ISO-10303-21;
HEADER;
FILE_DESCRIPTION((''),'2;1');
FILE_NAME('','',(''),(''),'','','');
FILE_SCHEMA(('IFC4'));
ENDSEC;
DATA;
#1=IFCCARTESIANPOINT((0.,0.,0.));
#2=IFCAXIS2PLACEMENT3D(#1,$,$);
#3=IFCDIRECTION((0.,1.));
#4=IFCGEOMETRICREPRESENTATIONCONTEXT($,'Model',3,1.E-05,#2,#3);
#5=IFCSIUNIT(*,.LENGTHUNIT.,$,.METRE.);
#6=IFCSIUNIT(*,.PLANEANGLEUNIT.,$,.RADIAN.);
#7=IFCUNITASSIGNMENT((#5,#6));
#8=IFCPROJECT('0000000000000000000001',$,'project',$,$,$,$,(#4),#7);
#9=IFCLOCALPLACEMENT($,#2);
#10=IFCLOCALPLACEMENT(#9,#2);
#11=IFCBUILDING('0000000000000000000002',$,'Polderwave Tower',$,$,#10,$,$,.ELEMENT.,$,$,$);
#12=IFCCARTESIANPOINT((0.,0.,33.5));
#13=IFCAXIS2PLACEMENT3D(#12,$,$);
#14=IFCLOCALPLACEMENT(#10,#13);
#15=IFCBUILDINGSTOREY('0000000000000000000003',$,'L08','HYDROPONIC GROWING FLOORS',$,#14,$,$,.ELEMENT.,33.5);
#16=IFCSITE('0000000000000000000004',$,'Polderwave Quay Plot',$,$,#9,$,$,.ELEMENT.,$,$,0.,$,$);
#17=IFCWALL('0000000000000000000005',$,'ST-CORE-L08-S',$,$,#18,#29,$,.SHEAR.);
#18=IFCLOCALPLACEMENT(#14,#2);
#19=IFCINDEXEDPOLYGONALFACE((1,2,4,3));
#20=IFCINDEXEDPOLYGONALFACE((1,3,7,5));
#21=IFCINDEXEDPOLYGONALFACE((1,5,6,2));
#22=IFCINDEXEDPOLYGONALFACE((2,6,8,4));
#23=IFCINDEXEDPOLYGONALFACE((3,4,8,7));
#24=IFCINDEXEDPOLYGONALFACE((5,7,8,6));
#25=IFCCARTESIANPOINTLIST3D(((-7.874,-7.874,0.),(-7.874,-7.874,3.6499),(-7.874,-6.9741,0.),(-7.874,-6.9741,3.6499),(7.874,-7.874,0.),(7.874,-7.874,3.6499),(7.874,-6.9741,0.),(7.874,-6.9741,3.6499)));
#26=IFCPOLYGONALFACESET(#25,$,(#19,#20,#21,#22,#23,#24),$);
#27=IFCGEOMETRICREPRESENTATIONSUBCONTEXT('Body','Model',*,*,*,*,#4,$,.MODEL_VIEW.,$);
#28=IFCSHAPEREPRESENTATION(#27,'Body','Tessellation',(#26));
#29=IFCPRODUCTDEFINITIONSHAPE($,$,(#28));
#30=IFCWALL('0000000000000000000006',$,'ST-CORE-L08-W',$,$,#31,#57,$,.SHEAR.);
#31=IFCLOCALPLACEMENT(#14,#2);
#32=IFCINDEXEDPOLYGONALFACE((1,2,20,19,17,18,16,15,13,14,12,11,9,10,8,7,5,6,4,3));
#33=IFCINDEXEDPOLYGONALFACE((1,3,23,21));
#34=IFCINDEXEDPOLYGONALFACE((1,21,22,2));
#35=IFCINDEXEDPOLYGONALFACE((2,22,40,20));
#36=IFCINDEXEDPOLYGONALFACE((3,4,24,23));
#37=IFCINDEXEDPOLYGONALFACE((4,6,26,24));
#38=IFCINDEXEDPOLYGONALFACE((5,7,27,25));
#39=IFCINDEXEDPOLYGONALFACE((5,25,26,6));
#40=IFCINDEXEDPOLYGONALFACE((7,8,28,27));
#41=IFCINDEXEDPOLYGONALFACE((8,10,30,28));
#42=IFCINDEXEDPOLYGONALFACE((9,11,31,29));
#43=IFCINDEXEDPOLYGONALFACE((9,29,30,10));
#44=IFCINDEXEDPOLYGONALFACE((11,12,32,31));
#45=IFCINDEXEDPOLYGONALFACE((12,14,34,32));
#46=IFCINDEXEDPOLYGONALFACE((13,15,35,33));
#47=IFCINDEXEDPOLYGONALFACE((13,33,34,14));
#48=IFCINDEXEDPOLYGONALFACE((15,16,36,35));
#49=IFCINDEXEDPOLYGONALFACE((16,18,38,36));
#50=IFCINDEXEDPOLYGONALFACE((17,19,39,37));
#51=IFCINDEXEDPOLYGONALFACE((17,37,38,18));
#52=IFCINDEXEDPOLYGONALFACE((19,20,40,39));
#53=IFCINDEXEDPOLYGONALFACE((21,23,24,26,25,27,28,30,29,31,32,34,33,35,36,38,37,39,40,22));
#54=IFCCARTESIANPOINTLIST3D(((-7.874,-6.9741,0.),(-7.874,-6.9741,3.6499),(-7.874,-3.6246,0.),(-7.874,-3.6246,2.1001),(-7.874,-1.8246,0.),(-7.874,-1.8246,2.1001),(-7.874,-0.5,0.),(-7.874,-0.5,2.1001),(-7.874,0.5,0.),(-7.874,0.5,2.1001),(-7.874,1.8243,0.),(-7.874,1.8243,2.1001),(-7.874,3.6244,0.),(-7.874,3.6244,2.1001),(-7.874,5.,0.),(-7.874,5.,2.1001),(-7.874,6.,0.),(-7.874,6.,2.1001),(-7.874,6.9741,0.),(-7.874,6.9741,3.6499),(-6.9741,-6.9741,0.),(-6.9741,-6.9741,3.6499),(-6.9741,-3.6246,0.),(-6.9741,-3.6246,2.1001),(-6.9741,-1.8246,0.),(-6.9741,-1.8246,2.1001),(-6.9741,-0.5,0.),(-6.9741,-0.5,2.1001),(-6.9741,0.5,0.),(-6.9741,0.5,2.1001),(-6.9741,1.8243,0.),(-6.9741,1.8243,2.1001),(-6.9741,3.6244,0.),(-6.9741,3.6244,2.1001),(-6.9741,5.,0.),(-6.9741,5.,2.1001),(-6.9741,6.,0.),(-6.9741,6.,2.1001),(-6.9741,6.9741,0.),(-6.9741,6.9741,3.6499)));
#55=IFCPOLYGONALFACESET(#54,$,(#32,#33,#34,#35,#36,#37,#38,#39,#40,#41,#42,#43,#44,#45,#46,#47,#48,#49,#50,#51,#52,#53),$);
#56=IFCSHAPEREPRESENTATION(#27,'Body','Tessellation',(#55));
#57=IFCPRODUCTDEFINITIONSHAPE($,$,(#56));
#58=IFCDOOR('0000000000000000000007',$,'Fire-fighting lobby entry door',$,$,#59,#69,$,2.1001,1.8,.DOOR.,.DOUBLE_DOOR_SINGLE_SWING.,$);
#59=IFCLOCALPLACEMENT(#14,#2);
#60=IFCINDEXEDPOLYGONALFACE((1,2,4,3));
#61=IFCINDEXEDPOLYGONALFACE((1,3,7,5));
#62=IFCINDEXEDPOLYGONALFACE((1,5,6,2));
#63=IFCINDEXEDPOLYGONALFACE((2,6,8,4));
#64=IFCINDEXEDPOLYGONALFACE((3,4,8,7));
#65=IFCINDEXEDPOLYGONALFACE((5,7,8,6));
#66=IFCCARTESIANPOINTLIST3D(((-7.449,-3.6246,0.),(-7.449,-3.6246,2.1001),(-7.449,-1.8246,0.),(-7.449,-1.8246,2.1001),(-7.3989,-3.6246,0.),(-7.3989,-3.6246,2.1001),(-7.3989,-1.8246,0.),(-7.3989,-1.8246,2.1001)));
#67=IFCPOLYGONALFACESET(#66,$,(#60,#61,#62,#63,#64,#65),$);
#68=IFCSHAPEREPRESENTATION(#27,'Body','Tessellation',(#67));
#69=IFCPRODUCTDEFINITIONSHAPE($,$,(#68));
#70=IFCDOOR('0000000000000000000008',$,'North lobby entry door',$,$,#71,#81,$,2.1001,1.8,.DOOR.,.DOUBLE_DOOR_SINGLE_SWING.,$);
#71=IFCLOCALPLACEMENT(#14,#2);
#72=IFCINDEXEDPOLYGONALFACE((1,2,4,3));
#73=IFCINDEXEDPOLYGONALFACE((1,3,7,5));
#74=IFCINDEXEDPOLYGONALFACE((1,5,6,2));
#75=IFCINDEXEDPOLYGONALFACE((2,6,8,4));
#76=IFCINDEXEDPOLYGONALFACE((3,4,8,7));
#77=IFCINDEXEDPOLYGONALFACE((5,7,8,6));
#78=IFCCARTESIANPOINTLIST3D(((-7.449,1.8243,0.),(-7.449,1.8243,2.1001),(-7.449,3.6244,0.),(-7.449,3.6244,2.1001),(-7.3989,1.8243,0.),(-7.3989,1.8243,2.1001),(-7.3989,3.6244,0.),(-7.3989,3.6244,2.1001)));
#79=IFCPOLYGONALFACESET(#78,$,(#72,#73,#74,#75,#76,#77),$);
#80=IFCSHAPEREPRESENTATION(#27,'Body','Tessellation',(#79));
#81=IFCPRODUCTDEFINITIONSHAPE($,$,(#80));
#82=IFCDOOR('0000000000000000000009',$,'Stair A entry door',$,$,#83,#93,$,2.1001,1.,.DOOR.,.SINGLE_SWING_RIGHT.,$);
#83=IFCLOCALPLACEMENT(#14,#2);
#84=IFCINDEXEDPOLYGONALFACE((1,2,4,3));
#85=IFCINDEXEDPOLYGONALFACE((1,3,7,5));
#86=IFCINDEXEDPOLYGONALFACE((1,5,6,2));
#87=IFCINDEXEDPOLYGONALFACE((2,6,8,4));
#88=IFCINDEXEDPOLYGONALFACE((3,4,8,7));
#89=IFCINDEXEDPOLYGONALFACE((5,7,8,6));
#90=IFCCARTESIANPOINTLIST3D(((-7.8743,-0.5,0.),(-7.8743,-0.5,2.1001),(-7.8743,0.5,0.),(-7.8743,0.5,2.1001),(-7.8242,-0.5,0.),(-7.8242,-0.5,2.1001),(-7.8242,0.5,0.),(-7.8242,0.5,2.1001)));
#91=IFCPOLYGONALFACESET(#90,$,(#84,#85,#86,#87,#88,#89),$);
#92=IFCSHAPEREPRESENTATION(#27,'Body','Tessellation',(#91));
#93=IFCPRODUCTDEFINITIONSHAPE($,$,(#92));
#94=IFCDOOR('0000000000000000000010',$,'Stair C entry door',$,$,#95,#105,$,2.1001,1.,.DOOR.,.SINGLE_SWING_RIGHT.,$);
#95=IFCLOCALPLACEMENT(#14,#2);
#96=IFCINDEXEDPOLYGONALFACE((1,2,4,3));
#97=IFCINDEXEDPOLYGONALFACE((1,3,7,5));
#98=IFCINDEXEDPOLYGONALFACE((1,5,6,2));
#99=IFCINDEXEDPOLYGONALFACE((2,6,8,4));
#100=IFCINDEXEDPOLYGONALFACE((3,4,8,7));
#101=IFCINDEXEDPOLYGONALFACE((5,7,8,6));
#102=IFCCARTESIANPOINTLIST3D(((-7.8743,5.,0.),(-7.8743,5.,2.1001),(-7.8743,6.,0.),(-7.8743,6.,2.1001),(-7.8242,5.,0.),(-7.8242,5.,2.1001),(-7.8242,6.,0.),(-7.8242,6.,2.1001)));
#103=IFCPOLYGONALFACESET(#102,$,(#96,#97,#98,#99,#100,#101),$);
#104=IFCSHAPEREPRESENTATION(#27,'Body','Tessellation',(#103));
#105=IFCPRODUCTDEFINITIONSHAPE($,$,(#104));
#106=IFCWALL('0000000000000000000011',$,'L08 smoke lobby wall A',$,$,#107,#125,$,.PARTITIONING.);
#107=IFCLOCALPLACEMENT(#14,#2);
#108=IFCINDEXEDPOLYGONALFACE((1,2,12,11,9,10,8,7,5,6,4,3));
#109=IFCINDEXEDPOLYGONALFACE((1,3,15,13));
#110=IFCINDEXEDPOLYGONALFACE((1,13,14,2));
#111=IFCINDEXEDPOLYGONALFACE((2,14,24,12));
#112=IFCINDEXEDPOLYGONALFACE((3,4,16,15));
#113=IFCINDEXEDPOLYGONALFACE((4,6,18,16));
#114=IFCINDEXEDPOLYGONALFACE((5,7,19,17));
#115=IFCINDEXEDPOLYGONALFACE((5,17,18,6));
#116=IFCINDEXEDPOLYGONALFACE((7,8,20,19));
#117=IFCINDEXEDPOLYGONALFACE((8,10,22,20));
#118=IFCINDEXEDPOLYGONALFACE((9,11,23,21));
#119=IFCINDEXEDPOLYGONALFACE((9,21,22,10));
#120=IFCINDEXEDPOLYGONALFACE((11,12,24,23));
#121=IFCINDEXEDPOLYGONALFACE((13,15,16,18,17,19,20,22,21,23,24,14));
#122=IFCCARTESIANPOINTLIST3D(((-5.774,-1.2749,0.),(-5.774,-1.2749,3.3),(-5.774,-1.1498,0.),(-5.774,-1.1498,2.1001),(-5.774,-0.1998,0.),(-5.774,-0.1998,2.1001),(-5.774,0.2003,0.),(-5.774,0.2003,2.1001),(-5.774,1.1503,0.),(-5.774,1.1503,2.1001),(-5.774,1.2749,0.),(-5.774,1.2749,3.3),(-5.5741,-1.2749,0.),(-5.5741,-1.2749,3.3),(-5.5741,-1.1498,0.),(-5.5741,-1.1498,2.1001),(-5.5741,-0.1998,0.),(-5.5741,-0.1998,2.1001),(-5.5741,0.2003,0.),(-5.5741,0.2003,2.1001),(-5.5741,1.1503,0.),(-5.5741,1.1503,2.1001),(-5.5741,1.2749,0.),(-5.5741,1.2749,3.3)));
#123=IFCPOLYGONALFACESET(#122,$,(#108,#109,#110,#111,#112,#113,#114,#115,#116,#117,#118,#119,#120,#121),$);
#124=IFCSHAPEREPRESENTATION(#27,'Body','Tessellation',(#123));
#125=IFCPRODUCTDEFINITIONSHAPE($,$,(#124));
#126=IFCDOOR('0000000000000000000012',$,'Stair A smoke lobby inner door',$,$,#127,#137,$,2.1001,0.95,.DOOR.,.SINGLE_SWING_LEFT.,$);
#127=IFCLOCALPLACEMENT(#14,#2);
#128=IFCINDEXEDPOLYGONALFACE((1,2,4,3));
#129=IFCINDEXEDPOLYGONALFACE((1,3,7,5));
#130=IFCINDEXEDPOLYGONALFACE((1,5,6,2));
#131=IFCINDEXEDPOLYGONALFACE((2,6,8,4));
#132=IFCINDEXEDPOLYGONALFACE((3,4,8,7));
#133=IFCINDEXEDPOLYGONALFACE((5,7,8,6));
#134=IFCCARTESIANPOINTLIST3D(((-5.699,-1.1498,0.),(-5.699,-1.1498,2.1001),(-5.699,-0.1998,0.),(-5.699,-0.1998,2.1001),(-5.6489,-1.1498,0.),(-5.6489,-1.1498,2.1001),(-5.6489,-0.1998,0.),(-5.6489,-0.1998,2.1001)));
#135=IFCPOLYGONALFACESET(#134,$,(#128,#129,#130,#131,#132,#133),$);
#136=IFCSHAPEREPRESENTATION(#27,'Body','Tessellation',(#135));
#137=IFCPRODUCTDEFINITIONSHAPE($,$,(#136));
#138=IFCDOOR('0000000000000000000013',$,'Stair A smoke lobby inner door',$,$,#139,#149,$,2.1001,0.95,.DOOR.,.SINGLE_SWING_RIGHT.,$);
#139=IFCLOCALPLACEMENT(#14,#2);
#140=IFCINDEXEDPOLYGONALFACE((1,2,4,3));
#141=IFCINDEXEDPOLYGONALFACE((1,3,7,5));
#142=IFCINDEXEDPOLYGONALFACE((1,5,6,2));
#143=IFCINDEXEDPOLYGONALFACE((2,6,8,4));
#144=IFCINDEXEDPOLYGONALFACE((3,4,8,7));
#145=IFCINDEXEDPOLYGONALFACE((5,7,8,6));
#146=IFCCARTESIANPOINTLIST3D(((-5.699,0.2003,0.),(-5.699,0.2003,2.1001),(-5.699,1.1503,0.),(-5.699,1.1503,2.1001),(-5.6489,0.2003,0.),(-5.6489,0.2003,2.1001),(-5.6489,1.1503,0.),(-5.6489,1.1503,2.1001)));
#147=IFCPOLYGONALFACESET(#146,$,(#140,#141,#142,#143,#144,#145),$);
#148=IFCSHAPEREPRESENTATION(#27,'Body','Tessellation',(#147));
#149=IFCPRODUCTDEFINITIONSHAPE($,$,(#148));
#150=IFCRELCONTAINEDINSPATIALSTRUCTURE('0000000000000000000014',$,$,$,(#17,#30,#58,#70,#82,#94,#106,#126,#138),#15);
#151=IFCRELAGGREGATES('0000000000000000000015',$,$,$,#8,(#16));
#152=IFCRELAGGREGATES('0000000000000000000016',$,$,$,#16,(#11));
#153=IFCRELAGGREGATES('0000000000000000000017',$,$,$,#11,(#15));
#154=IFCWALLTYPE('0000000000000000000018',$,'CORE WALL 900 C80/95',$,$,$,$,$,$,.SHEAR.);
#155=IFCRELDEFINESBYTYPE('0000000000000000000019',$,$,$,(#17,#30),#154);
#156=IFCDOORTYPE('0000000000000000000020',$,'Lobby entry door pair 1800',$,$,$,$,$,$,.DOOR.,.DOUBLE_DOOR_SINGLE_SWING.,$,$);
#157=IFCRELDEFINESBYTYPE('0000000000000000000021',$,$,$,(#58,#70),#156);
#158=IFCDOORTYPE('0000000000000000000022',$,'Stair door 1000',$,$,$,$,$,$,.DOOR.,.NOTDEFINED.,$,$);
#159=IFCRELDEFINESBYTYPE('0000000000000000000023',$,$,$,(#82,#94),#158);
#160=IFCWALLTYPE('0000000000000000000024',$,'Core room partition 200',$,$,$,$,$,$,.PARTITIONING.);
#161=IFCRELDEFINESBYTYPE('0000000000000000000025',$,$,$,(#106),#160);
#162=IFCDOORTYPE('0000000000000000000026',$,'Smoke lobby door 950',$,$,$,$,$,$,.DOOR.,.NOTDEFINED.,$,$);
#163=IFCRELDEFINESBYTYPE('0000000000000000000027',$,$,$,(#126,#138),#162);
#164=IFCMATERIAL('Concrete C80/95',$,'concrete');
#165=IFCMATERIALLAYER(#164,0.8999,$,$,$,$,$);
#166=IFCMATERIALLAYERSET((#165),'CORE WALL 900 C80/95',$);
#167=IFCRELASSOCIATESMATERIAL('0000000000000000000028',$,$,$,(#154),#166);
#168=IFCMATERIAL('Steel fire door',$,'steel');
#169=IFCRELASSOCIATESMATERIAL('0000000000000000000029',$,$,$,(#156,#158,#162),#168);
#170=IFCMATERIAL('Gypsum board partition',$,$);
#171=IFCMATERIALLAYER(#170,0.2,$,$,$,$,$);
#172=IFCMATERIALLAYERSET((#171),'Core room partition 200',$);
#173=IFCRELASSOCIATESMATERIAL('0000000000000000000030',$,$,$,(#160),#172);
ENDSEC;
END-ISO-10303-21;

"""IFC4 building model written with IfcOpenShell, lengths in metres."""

from ifc_helpers import new_model, si_unit, direction, frame, frame_2d, origin, place, context, subcontext, project, spatial, rectangle, extrude, material, layer, layer_set, type_object, element, fill, save


model = new_model("IFC4")

# Units and contexts
model_context = context("Model", 3, precision=1e-05, world=origin(), true_north=direction((0.0, 1.0)))
body_context = subcontext(model_context, "Body", "Model", "MODEL_VIEW")
ifc_project = project(units=[si_unit("LENGTHUNIT", "METRE"), si_unit("PLANEANGLEUNIT", "RADIAN")], contexts=[model_context])

# Site, building, storey
site_placement = place(None, origin())
site = spatial("IfcSite", under=ifc_project, at=site_placement, Name="Polderwave Quay Plot", CompositionType="ELEMENT", RefElevation=0.0)
building_placement = place(site_placement, origin())
building = spatial("IfcBuilding", under=site, at=building_placement, Name="Polderwave Tower", CompositionType="ELEMENT")
storey_placement = place(building_placement, frame((0.0, 0.0, 33.5)))
storey = spatial("IfcBuildingStorey", under=building, at=storey_placement, Name="L08", Description="HYDROPONIC GROWING FLOORS", CompositionType="ELEMENT", Elevation=33.5)

# Wall
ifc_material_1 = material(Name="Concrete C80/95", Category="concrete")
ifc_layer_1 = layer(ifc_material_1, 0.8999)
ifc_layer_set_1 = layer_set([ifc_layer_1], Name="CORE WALL 900 C80/95")
wall_type_1 = type_object("IfcWallType", Name="CORE WALL 900 C80/95", PredefinedType="SHEAR", material=ifc_layer_set_1)
wall_1_placement = place(storey_placement, frame((-7.874, -7.4241, 0.0), z_axis=(0.0, 0.0, 1.0), x_axis=(1.0, 0.0, 0.0)))
element("IfcWall", 1, at=wall_1_placement, inside=storey, type_object=wall_type_1, Name="ST-CORE-L08-S", PredefinedType="SHEAR", context=body_context, shape_type="SweptSolid", body=[
    extrude(rectangle(XDim=15.748, YDim=0.8999, at=frame_2d((7.874, 0.0))), origin(), (0.0, 0.0, 1.0), 3.6499),
])

# Walls, openings, doors
wall_2_placement = place(storey_placement, frame((-7.4241, -6.9741, 0.0), z_axis=(0.0, 0.0, 1.0), x_axis=(0.0, 1.0, 0.0)))
wall_2 = element("IfcWall", 2, at=wall_2_placement, inside=storey, type_object=wall_type_1, Name="ST-CORE-L08-W", PredefinedType="SHEAR", context=body_context, shape_type="SweptSolid", body=[
    extrude(rectangle(XDim=13.9482, YDim=0.8999, at=frame_2d((6.9741, 0.0))), origin(), (0.0, 0.0, 1.0), 3.6499),
])
opening_1_placement = place(wall_2_placement, frame((6.4741, 0.0, 0.0)))
opening_1 = element("IfcOpeningElement", 3, at=opening_1_placement, cuts=wall_2, PredefinedType="OPENING", context=body_context, shape_type="SweptSolid", body=[
    extrude(rectangle(XDim=1.0, YDim=2.1001, at=frame_2d((0.5, 1.05))), frame((0.0, 0.46, 0.0), z_axis=(0.0, -1.0, 0.0), x_axis=(1.0, 0.0, 0.0)), (0.0, 0.0, 1.0), 0.9199),
])
opening_2_placement = place(wall_2_placement, frame((3.3496, 0.0, 0.0)))
opening_2 = element("IfcOpeningElement", 4, at=opening_2_placement, cuts=wall_2, PredefinedType="OPENING", context=body_context, shape_type="SweptSolid", body=[
    extrude(rectangle(XDim=1.8, YDim=2.1001, at=frame_2d((0.8999, 1.05))), frame((0.0, 0.46, 0.0), z_axis=(0.0, -1.0, 0.0), x_axis=(1.0, 0.0, 0.0)), (0.0, 0.0, 1.0), 0.9199),
])
opening_3_placement = place(wall_2_placement, frame((8.7986, 0.0, 0.0)))
opening_3 = element("IfcOpeningElement", 5, at=opening_3_placement, cuts=wall_2, PredefinedType="OPENING", context=body_context, shape_type="SweptSolid", body=[
    extrude(rectangle(XDim=1.8, YDim=2.1001, at=frame_2d((0.8999, 1.05))), frame((0.0, 0.46, 0.0), z_axis=(0.0, -1.0, 0.0), x_axis=(1.0, 0.0, 0.0)), (0.0, 0.0, 1.0), 0.9199),
])
opening_4_placement = place(wall_2_placement, frame((11.9741, 0.0, 0.0)))
opening_4 = element("IfcOpeningElement", 6, at=opening_4_placement, cuts=wall_2, PredefinedType="OPENING", context=body_context, shape_type="SweptSolid", body=[
    extrude(rectangle(XDim=1.0, YDim=2.1001, at=frame_2d((0.5, 1.05))), frame((0.0, 0.46, 0.0), z_axis=(0.0, -1.0, 0.0), x_axis=(1.0, 0.0, 0.0)), (0.0, 0.0, 1.0), 0.9199),
])
ifc_material_2 = material(Name="Steel fire door", Category="steel")
door_type_1 = type_object("IfcDoorType", Name="Lobby entry door pair 1800", OperationType="DOUBLE_DOOR_SINGLE_SWING", PredefinedType="DOOR", material=ifc_material_2)
door_1_placement = place(opening_2_placement, origin())
door_1 = element("IfcDoor", 7, at=door_1_placement, inside=storey, type_object=door_type_1, Name="Fire-fighting lobby entry door", OperationType="DOUBLE_DOOR_SINGLE_SWING", OverallHeight=2.1001, OverallWidth=1.8, PredefinedType="DOOR", context=body_context, shape_type="SweptSolid", body=[
    extrude(rectangle(XDim=1.8, YDim=2.1001, at=frame_2d((0.8999, 1.05))), frame((0.0, 0.0249, 0.0), z_axis=(0.0, -1.0, 0.0), x_axis=(1.0, 0.0, 0.0)), (0.0, 0.0, 1.0), 0.05),
])
fill(opening_2, door_1)
door_2_placement = place(opening_3_placement, origin())
door_2 = element("IfcDoor", 8, at=door_2_placement, inside=storey, type_object=door_type_1, Name="North lobby entry door", OperationType="DOUBLE_DOOR_SINGLE_SWING", OverallHeight=2.1001, OverallWidth=1.8, PredefinedType="DOOR", context=body_context, shape_type="SweptSolid", body=[
    extrude(rectangle(XDim=1.8, YDim=2.1001, at=frame_2d((0.8999, 1.05))), frame((0.0, 0.0249, 0.0), z_axis=(0.0, -1.0, 0.0), x_axis=(1.0, 0.0, 0.0)), (0.0, 0.0, 1.0), 0.05),
])
fill(opening_3, door_2)
door_type_2 = type_object("IfcDoorType", Name="Stair door 1000", OperationType="NOTDEFINED", PredefinedType="DOOR", material=ifc_material_2)
door_3_placement = place(opening_1_placement, origin())
door_3 = element("IfcDoor", 9, at=door_3_placement, inside=storey, type_object=door_type_2, Name="Stair A entry door", OperationType="SINGLE_SWING_RIGHT", OverallHeight=2.1001, OverallWidth=1.0, PredefinedType="DOOR", context=body_context, shape_type="SweptSolid", body=[
    extrude(rectangle(XDim=1.0, YDim=2.1001, at=frame_2d((0.5, 1.05))), frame((0.0, 0.4502, 0.0), z_axis=(0.0, -1.0, 0.0), x_axis=(1.0, 0.0, 0.0)), (0.0, 0.0, 1.0), 0.05),
])
fill(opening_1, door_3)
door_4_placement = place(opening_4_placement, origin())
door_4 = element("IfcDoor", 10, at=door_4_placement, inside=storey, type_object=door_type_2, Name="Stair C entry door", OperationType="SINGLE_SWING_RIGHT", OverallHeight=2.1001, OverallWidth=1.0, PredefinedType="DOOR", context=body_context, shape_type="SweptSolid", body=[
    extrude(rectangle(XDim=1.0, YDim=2.1001, at=frame_2d((0.5, 1.05))), frame((0.0, 0.4502, 0.0), z_axis=(0.0, -1.0, 0.0), x_axis=(1.0, 0.0, 0.0)), (0.0, 0.0, 1.0), 0.05),
])
fill(opening_4, door_4)
ifc_material_3 = material(Name="Gypsum board partition")
ifc_layer_2 = layer(ifc_material_3, 0.2)
ifc_layer_set_2 = layer_set([ifc_layer_2], Name="Core room partition 200")
wall_type_2 = type_object("IfcWallType", Name="Core room partition 200", PredefinedType="PARTITIONING", material=ifc_layer_set_2)
wall_3_placement = place(storey_placement, frame((-5.6741, -1.2749, 0.0), z_axis=(0.0, 0.0, 1.0), x_axis=(0.0, 1.0, 0.0)))
wall_3 = element("IfcWall", 11, at=wall_3_placement, inside=storey, type_object=wall_type_2, Name="L08 smoke lobby wall A", PredefinedType="PARTITIONING", context=body_context, shape_type="SweptSolid", body=[
    extrude(rectangle(XDim=2.5498, YDim=0.2, at=frame_2d((1.2749, 0.0))), origin(), (0.0, 0.0, 1.0), 3.3),
])
opening_5_placement = place(wall_3_placement, frame((0.125, 0.0, 0.0)))
opening_5 = element("IfcOpeningElement", 12, at=opening_5_placement, cuts=wall_3, PredefinedType="OPENING", context=body_context, shape_type="SweptSolid", body=[
    extrude(rectangle(XDim=0.95, YDim=2.1001, at=frame_2d((0.4751, 1.05))), frame((0.0, 0.1099, 0.0), z_axis=(0.0, -1.0, 0.0), x_axis=(1.0, 0.0, 0.0)), (0.0, 0.0, 1.0), 0.22),
])
opening_6_placement = place(wall_3_placement, frame((1.4751, 0.0, 0.0)))
opening_6 = element("IfcOpeningElement", 13, at=opening_6_placement, cuts=wall_3, PredefinedType="OPENING", context=body_context, shape_type="SweptSolid", body=[
    extrude(rectangle(XDim=0.95, YDim=2.1001, at=frame_2d((0.4751, 1.05))), frame((0.0, 0.1099, 0.0), z_axis=(0.0, -1.0, 0.0), x_axis=(1.0, 0.0, 0.0)), (0.0, 0.0, 1.0), 0.22),
])
door_type_3 = type_object("IfcDoorType", Name="Smoke lobby door 950", OperationType="NOTDEFINED", PredefinedType="DOOR", material=ifc_material_2)
door_5_placement = place(opening_5_placement, origin())
door_5 = element("IfcDoor", 14, at=door_5_placement, inside=storey, type_object=door_type_3, Name="Stair A smoke lobby inner door", OperationType="SINGLE_SWING_LEFT", OverallHeight=2.1001, OverallWidth=0.95, PredefinedType="DOOR", context=body_context, shape_type="SweptSolid", body=[
    extrude(rectangle(XDim=0.95, YDim=2.1001, at=frame_2d((0.4751, 1.05))), frame((0.0, 0.0249, 0.0), z_axis=(0.0, -1.0, 0.0), x_axis=(1.0, 0.0, 0.0)), (0.0, 0.0, 1.0), 0.05),
])
fill(opening_5, door_5)
door_6_placement = place(opening_6_placement, origin())
door_6 = element("IfcDoor", 15, at=door_6_placement, inside=storey, type_object=door_type_3, Name="Stair A smoke lobby inner door", OperationType="SINGLE_SWING_RIGHT", OverallHeight=2.1001, OverallWidth=0.95, PredefinedType="DOOR", context=body_context, shape_type="SweptSolid", body=[
    extrude(rectangle(XDim=0.95, YDim=2.1001, at=frame_2d((0.4751, 1.05))), frame((0.0, 0.0249, 0.0), z_axis=(0.0, -1.0, 0.0), x_axis=(1.0, 0.0, 0.0)), (0.0, 0.0, 1.0), 0.05),
])
fill(opening_6, door_6)

save(model, "model.ifc")
